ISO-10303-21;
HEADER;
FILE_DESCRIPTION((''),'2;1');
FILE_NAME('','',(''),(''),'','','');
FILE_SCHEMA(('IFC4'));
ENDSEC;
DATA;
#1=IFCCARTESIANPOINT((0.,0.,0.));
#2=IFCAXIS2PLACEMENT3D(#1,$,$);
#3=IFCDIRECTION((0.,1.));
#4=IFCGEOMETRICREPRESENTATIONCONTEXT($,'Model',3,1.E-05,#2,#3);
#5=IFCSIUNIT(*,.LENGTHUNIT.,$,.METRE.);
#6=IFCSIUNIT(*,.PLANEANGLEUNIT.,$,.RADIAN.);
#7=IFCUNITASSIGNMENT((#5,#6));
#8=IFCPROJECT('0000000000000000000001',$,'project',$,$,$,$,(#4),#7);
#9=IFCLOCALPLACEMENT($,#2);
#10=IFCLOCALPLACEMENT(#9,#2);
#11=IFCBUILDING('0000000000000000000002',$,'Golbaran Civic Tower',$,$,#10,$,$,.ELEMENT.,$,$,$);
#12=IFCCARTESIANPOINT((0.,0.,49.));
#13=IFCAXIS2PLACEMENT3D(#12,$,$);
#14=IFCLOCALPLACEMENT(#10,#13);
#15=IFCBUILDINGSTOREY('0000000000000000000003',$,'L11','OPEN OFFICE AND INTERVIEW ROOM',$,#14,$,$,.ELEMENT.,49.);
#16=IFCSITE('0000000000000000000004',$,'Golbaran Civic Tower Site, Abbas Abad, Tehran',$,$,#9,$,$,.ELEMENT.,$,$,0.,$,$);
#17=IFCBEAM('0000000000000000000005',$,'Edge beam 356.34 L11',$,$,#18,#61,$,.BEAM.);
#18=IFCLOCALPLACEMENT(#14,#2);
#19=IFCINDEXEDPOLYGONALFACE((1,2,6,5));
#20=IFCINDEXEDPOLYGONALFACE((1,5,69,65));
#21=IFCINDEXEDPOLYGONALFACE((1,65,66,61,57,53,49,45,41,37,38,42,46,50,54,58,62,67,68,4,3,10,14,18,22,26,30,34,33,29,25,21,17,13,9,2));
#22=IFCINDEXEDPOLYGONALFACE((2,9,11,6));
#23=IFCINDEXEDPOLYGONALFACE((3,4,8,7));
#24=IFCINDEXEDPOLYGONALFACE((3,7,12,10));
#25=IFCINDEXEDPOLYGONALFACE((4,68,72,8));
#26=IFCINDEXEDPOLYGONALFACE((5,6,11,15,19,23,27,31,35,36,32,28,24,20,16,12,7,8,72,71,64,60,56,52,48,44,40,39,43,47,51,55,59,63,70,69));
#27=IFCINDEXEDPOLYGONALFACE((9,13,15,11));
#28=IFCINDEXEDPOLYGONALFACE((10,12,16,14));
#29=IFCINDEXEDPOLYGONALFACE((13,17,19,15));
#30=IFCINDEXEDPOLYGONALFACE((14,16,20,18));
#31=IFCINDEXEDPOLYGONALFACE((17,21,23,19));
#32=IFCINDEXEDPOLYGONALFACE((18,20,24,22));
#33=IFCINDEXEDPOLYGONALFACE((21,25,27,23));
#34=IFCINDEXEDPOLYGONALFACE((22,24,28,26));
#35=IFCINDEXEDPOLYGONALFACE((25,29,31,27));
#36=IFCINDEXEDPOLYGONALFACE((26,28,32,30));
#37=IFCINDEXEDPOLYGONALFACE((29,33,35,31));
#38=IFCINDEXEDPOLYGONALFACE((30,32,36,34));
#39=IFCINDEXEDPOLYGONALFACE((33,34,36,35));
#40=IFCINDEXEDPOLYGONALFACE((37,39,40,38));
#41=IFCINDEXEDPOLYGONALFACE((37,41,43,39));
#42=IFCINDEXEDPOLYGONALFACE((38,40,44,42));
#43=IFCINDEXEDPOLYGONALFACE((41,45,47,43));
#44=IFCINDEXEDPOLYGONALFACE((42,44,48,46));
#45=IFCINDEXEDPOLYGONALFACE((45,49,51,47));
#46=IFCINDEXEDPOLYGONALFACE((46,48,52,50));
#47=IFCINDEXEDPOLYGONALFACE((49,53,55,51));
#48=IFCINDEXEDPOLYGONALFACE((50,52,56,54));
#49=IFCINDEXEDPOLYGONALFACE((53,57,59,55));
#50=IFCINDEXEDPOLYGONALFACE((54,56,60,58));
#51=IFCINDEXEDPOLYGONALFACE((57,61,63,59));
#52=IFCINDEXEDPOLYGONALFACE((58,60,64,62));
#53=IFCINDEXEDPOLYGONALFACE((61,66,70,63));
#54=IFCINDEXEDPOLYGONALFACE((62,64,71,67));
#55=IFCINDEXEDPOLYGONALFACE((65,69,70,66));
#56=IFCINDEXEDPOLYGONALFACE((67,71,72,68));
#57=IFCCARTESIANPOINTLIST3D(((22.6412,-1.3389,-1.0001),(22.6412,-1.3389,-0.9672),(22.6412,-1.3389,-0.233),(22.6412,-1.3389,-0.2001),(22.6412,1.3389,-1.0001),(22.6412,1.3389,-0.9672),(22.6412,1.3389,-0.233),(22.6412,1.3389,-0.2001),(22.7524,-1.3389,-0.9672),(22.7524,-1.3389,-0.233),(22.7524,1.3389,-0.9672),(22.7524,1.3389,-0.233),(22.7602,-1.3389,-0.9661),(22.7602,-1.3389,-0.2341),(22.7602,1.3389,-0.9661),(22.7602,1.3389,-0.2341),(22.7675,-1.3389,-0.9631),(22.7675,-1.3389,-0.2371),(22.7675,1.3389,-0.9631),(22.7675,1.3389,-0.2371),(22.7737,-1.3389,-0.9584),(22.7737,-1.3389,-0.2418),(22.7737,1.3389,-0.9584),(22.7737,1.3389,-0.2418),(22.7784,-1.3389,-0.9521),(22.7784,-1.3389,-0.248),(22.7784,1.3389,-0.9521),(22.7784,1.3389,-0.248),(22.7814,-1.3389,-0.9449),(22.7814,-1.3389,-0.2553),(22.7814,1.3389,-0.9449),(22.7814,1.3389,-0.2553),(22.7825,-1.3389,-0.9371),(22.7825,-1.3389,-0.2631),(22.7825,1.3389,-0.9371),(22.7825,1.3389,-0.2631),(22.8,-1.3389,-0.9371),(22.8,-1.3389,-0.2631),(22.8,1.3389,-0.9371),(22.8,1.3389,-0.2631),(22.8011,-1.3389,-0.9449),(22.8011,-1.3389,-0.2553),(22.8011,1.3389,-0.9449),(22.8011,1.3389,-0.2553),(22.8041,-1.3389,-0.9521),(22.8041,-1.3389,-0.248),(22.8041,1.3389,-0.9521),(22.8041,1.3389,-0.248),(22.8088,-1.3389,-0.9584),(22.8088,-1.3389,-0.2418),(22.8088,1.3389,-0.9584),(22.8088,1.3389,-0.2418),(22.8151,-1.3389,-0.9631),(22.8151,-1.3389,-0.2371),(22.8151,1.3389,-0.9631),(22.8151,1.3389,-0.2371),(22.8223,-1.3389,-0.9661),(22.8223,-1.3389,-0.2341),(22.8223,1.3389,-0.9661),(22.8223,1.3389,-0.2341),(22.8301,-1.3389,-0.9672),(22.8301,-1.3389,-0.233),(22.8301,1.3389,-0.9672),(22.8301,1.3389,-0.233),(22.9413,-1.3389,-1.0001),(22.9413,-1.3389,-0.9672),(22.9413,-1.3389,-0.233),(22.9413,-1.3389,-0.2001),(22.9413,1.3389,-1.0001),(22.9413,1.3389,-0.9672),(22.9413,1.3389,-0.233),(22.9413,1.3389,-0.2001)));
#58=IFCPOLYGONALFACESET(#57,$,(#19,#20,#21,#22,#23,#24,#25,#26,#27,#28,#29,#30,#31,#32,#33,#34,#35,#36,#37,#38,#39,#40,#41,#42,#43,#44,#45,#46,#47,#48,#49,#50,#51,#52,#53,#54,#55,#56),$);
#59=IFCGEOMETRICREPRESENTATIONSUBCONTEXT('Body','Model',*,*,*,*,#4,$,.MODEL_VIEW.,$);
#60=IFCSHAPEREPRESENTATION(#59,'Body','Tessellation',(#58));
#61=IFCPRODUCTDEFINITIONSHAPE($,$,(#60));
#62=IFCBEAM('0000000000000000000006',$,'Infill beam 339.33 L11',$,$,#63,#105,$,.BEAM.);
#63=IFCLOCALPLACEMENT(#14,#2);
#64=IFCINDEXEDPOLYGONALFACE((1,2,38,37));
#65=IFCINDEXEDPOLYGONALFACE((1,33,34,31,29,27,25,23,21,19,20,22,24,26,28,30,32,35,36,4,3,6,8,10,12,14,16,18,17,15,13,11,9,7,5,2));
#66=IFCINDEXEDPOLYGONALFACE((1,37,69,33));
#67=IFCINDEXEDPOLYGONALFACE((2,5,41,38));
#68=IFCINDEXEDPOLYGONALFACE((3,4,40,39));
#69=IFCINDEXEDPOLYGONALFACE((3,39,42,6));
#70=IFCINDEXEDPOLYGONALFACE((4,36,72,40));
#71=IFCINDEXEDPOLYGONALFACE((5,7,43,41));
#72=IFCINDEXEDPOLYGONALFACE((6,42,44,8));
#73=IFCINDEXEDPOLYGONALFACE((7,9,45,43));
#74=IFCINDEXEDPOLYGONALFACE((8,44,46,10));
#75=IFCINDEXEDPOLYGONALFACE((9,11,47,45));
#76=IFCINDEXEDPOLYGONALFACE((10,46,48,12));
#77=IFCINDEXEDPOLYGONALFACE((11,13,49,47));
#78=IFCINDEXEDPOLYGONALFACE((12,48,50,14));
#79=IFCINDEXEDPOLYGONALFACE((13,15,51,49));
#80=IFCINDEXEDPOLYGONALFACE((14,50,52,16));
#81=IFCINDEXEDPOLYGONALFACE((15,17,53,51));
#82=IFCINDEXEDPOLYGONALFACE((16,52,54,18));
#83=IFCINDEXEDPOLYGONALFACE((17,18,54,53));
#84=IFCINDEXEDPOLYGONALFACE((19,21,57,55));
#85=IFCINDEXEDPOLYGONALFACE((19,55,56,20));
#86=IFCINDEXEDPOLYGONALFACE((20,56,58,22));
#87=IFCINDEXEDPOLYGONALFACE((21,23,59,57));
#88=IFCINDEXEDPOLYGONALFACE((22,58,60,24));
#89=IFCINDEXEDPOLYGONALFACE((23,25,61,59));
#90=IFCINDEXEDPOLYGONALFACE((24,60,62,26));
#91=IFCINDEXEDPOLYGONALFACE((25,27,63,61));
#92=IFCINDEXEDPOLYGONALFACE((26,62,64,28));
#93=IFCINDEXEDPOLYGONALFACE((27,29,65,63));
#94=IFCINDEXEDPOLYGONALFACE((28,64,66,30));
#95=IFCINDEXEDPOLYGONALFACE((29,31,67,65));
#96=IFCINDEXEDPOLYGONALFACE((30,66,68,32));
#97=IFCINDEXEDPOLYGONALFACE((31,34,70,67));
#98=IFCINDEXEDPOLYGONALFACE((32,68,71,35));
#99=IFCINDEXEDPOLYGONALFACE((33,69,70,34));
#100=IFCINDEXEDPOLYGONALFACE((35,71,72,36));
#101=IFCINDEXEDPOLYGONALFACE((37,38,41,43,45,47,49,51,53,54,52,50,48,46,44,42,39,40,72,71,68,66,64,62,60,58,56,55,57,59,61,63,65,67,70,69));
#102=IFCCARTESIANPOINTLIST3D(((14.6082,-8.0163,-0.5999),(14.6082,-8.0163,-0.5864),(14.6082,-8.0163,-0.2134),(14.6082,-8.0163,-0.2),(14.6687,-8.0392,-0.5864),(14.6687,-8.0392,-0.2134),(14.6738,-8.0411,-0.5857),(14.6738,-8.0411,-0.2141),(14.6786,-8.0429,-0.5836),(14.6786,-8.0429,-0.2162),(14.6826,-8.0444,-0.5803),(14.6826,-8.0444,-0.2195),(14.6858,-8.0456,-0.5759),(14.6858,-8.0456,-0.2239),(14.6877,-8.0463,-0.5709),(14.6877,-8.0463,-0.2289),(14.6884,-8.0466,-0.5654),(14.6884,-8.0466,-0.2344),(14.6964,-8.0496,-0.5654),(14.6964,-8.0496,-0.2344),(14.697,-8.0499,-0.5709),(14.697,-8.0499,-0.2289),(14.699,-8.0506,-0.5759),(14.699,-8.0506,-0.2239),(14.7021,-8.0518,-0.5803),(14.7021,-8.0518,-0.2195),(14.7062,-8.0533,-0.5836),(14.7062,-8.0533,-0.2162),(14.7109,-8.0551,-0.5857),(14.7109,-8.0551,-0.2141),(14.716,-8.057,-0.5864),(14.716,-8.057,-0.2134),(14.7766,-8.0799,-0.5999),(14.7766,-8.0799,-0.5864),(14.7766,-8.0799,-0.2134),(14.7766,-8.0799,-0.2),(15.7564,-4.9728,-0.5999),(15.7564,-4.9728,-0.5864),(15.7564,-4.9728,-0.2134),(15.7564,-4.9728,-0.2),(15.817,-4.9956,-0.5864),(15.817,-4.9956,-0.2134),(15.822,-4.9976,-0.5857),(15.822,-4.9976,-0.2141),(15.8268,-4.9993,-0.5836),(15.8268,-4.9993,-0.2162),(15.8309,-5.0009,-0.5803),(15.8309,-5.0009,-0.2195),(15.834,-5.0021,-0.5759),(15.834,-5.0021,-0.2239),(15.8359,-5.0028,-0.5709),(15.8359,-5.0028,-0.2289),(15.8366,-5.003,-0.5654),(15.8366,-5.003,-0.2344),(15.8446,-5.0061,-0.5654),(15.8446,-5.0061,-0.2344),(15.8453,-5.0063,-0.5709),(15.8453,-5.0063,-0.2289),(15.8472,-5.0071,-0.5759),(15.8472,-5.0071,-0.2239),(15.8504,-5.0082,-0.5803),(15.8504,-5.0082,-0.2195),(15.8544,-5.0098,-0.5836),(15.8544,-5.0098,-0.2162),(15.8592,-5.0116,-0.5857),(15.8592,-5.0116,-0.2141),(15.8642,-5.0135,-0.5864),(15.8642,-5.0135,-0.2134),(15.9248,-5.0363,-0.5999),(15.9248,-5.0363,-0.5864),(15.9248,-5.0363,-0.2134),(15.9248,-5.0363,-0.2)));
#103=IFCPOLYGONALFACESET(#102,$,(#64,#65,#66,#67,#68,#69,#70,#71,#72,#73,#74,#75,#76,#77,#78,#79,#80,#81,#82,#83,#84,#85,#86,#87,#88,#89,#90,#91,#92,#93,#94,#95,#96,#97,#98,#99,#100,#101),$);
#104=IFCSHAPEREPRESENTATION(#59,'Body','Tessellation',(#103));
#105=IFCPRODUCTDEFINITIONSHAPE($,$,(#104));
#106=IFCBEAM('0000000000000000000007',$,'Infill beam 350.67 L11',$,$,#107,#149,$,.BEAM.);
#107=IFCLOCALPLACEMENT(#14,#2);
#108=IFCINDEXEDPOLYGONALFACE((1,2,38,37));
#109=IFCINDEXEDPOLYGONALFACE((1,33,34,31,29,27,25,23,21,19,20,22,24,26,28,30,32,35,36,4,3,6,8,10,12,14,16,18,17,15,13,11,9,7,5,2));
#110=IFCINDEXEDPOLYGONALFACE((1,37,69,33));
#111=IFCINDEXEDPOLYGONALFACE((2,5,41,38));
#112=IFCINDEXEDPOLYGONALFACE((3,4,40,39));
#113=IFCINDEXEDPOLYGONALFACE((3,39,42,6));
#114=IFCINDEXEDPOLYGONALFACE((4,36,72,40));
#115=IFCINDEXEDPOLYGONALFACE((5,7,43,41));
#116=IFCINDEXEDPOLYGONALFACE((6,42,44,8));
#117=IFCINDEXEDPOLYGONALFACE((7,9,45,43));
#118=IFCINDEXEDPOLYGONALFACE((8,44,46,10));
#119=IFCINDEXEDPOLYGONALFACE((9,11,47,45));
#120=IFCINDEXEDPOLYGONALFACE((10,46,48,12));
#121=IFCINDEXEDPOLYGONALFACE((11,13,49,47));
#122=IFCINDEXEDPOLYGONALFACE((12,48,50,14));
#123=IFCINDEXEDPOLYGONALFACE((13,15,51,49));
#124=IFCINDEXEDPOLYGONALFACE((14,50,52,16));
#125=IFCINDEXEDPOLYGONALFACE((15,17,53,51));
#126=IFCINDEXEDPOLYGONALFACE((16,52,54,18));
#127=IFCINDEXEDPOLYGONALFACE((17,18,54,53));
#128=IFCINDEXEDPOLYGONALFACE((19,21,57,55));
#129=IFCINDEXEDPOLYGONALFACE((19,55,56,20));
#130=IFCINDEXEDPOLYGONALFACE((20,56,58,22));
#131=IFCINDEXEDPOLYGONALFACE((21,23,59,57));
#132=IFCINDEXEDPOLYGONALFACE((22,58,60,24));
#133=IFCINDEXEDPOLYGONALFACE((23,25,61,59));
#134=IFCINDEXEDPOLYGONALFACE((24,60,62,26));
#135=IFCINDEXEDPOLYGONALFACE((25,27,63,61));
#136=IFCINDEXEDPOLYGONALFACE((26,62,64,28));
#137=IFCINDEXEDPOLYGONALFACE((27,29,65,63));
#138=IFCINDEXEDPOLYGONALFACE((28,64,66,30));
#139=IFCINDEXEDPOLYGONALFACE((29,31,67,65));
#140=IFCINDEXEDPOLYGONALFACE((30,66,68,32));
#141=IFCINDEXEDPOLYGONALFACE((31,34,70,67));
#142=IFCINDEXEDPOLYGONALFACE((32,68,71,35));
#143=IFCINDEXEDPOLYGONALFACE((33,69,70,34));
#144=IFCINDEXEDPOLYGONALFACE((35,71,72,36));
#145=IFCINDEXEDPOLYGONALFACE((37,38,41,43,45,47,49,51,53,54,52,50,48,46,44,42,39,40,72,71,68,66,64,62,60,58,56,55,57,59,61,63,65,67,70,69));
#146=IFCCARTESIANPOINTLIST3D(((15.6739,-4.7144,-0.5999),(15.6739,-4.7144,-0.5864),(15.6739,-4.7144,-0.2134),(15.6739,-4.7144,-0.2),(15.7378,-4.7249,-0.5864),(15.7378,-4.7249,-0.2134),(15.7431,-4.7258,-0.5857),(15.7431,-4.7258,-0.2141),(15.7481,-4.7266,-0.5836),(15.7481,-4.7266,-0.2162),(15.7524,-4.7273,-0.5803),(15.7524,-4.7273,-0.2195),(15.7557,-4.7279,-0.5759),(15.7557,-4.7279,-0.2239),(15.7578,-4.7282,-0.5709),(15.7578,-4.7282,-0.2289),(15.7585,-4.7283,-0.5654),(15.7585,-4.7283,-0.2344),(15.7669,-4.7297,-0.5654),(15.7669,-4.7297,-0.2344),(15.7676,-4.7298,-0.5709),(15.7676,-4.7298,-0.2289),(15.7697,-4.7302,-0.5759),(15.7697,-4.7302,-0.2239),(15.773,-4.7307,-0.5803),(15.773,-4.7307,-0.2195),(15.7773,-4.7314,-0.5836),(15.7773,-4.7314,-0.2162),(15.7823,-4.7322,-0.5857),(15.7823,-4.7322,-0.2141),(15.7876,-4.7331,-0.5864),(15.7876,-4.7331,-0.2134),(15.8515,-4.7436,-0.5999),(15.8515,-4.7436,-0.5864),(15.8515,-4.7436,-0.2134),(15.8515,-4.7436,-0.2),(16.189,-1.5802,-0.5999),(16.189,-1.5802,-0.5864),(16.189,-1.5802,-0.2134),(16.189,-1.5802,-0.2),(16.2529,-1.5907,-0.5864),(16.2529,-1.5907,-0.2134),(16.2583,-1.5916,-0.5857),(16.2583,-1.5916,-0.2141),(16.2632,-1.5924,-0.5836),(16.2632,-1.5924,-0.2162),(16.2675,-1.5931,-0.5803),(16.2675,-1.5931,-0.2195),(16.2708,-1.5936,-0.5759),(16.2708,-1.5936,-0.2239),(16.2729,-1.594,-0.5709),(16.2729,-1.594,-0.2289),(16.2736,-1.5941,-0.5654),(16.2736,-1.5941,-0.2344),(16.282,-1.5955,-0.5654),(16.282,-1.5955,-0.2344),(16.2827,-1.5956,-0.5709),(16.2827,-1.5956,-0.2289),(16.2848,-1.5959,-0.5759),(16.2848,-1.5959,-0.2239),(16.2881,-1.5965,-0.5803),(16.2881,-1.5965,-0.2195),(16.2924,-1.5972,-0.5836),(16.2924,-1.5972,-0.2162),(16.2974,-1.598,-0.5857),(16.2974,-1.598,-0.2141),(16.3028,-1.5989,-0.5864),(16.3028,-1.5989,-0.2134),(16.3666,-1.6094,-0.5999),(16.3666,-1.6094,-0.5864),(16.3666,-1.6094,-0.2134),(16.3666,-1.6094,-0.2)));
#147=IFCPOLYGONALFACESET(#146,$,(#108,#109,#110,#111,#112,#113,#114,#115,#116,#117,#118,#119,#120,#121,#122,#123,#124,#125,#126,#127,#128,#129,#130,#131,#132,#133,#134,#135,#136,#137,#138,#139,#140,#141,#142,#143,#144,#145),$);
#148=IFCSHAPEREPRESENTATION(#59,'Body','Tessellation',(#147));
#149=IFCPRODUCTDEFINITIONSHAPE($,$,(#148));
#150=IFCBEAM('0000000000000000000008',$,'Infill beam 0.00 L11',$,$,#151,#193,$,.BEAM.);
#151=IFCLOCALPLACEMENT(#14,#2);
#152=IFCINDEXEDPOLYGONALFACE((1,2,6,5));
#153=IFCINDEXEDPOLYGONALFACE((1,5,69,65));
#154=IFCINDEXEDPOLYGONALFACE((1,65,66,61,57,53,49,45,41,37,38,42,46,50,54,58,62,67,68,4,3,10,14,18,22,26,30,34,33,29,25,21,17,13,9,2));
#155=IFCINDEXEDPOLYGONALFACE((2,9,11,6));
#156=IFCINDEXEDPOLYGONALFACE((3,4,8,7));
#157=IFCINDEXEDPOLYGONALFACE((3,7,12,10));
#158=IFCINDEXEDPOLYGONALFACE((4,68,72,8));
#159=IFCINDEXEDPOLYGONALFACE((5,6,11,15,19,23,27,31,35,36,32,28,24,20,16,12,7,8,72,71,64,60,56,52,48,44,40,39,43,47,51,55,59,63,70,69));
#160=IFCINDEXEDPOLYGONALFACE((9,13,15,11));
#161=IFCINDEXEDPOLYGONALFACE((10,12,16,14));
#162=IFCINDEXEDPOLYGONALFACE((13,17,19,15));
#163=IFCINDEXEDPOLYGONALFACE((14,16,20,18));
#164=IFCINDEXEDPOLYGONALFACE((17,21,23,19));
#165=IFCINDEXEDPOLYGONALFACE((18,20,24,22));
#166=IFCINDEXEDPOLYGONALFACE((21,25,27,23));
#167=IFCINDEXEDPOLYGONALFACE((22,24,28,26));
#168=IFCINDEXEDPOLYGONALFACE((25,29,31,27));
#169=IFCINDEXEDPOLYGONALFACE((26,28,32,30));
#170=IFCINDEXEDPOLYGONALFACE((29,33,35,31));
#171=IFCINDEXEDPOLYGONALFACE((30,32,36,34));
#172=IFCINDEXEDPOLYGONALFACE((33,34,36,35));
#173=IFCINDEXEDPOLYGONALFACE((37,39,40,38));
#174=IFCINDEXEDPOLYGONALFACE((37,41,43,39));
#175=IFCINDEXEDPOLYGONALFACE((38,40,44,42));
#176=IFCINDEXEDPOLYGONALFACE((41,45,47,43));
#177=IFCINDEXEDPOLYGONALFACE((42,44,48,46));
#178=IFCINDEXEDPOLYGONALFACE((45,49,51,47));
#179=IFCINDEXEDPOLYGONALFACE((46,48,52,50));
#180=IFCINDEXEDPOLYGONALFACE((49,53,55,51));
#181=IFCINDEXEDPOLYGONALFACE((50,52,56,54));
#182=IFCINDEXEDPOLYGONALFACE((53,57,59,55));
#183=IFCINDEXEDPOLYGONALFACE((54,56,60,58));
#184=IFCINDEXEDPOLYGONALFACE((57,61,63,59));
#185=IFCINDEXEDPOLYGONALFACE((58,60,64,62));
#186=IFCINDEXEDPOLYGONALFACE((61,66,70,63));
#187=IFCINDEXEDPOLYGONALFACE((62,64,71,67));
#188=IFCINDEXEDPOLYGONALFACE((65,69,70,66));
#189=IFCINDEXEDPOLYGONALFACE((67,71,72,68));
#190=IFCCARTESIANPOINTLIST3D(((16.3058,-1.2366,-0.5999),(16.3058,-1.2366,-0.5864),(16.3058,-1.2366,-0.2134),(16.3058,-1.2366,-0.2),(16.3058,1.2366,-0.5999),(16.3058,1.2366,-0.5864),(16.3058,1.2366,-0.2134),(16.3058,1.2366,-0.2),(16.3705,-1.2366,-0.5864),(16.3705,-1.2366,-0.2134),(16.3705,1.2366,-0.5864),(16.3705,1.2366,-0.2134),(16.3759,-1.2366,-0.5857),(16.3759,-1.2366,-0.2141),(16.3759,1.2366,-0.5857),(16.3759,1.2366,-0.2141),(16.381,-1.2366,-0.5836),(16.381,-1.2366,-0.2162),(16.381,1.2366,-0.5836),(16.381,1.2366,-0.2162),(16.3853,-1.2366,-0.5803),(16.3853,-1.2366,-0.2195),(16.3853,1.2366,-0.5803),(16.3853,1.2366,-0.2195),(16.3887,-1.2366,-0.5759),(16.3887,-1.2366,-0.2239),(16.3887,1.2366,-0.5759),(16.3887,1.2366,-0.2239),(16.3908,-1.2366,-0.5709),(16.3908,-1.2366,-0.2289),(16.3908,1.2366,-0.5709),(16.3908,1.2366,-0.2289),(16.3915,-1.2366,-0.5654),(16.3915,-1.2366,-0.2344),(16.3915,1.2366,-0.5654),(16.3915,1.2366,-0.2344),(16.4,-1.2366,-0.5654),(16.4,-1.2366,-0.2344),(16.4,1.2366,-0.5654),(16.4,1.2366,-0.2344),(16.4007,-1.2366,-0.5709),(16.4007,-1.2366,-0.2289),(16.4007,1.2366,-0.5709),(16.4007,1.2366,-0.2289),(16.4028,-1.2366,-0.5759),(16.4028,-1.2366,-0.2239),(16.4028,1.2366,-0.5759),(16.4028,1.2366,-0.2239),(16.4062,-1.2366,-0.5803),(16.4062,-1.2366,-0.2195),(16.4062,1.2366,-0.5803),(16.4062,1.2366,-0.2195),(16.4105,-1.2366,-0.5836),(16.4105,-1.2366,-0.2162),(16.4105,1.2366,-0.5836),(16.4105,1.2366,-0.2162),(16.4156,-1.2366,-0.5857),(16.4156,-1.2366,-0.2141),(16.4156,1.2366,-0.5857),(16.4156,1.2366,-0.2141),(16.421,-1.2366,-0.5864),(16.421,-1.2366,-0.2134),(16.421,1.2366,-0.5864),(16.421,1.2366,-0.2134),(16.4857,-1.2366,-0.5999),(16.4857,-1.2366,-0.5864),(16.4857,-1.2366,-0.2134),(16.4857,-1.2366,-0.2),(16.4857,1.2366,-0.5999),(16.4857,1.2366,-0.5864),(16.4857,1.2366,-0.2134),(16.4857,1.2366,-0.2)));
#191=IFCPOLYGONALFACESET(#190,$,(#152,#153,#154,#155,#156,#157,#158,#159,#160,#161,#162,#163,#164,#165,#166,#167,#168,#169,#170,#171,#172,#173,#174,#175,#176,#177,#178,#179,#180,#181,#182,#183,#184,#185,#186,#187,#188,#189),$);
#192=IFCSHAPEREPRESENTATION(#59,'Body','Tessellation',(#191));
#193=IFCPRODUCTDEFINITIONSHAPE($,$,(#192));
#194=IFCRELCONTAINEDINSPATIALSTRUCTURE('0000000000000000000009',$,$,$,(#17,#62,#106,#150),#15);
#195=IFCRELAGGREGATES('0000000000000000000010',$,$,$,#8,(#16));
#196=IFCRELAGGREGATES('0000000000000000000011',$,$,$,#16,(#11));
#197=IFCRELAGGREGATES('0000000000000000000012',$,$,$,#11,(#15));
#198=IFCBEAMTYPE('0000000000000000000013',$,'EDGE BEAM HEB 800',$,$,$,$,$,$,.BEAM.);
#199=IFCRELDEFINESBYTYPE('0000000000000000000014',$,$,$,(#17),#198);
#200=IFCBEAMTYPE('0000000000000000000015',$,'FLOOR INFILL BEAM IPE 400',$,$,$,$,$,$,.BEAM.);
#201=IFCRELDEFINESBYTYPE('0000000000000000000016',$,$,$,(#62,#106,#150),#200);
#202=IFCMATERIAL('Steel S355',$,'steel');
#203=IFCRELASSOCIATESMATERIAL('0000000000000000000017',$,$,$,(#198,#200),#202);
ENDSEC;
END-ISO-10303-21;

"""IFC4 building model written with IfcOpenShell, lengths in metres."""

from ifc_helpers import new_model, si_unit, direction, frame, origin, origin_2d, place, context, subcontext, project, spatial, i_section, extrude, material, material_profile, profile_set, type_object, element, save


model = new_model("IFC4")

# Units and contexts
model_context = context("Model", 3, precision=1e-05, world=origin(), true_north=direction((0.0, 1.0)))
body_context = subcontext(model_context, "Body", "Model", "MODEL_VIEW")
ifc_project = project(units=[si_unit("LENGTHUNIT", "METRE"), si_unit("PLANEANGLEUNIT", "RADIAN")], contexts=[model_context])

# Site, building, storey
site_placement = place(None, origin())
site = spatial("IfcSite", under=ifc_project, at=site_placement, Name="Golbaran Civic Tower Site, Abbas Abad, Tehran", CompositionType="ELEMENT", RefElevation=0.0)
building_placement = place(site_placement, origin())
building = spatial("IfcBuilding", under=site, at=building_placement, Name="Golbaran Civic Tower", CompositionType="ELEMENT")
storey_placement = place(building_placement, frame((0.0, 0.0, 49.0)))
storey = spatial("IfcBuildingStorey", under=building, at=storey_placement, Name="L11", Description="OPEN OFFICE AND INTERVIEW ROOM", CompositionType="ELEMENT", Elevation=49.0)

# Beams
ifc_material_1 = material(Name="Steel S355", Category="steel")
ifc_material_profile_1 = material_profile(ifc_material_1, i_section(OverallWidth=0.3, OverallDepth=0.8, WebThickness=0.0176, FlangeThickness=0.033, FilletRadius=0.03, at=origin_2d()), Name="HEB 800")
ifc_profile_set_1 = profile_set([ifc_material_profile_1], Name="Steel S355")
beam_type_1 = type_object("IfcBeamType", Name="EDGE BEAM HEB 800", PredefinedType="BEAM", material=ifc_profile_set_1)
beam_1_placement = place(storey_placement, frame((22.7913, -1.3389, -0.6001), z_axis=(0.0, 1.0, 0.0), x_axis=(-1.0, 0.0, 0.0)))
element("IfcBeam", 1, at=beam_1_placement, inside=storey, type_object=beam_type_1, Name="Edge beam 356.34 L11", PredefinedType="BEAM", context=body_context, shape_type="SweptSolid", body=[
    extrude(i_section(OverallWidth=0.3, OverallDepth=0.8, WebThickness=0.0176, FlangeThickness=0.033, FilletRadius=0.03, at=origin_2d()), origin(), (0.0, 0.0, 1.0), 2.6777),
])
ifc_material_profile_2 = material_profile(ifc_material_1, i_section(OverallWidth=0.1799, OverallDepth=0.3999, WebThickness=0.0085, FlangeThickness=0.0134, FilletRadius=0.021, at=origin_2d()), Name="IPE 400")
ifc_profile_set_2 = profile_set([ifc_material_profile_2], Name="Steel S355")
beam_type_2 = type_object("IfcBeamType", Name="FLOOR INFILL BEAM IPE 400", PredefinedType="BEAM", material=ifc_profile_set_2)
beam_2_placement = place(storey_placement, frame((14.6924, -8.0481, -0.3999), z_axis=(0.352982, 0.93563, 0.0), x_axis=(-0.93563, 0.352982, 0.0)))
element("IfcBeam", 2, at=beam_2_placement, inside=storey, type_object=beam_type_2, Name="Infill beam 339.33 L11", PredefinedType="BEAM", context=body_context, shape_type="SweptSolid", body=[
    extrude(i_section(OverallWidth=0.1799, OverallDepth=0.3999, WebThickness=0.0085, FlangeThickness=0.0134, FilletRadius=0.021, at=origin_2d()), origin(), (0.0, 0.0, 1.0), 3.2529),
])
beam_3_placement = place(storey_placement, frame((15.7627, -4.729, -0.3999), z_axis=(0.16218, 0.986761, 0.0), x_axis=(-0.986761, 0.16218, 0.0)))
element("IfcBeam", 3, at=beam_3_placement, inside=storey, type_object=beam_type_2, Name="Infill beam 350.67 L11", PredefinedType="BEAM", context=body_context, shape_type="SweptSolid", body=[
    extrude(i_section(OverallWidth=0.1799, OverallDepth=0.3999, WebThickness=0.0085, FlangeThickness=0.0134, FilletRadius=0.021, at=origin_2d()), origin(), (0.0, 0.0, 1.0), 3.1763),
])
beam_4_placement = place(storey_placement, frame((16.3958, -1.2366, -0.3999), z_axis=(0.0, 1.0, 0.0), x_axis=(-1.0, 0.0, 0.0)))
element("IfcBeam", 4, at=beam_4_placement, inside=storey, type_object=beam_type_2, Name="Infill beam 0.00 L11", PredefinedType="BEAM", context=body_context, shape_type="SweptSolid", body=[
    extrude(i_section(OverallWidth=0.1799, OverallDepth=0.3999, WebThickness=0.0085, FlangeThickness=0.0134, FilletRadius=0.021, at=origin_2d()), origin(), (0.0, 0.0, 1.0), 2.4731),
])

save(model, "model.ifc")
